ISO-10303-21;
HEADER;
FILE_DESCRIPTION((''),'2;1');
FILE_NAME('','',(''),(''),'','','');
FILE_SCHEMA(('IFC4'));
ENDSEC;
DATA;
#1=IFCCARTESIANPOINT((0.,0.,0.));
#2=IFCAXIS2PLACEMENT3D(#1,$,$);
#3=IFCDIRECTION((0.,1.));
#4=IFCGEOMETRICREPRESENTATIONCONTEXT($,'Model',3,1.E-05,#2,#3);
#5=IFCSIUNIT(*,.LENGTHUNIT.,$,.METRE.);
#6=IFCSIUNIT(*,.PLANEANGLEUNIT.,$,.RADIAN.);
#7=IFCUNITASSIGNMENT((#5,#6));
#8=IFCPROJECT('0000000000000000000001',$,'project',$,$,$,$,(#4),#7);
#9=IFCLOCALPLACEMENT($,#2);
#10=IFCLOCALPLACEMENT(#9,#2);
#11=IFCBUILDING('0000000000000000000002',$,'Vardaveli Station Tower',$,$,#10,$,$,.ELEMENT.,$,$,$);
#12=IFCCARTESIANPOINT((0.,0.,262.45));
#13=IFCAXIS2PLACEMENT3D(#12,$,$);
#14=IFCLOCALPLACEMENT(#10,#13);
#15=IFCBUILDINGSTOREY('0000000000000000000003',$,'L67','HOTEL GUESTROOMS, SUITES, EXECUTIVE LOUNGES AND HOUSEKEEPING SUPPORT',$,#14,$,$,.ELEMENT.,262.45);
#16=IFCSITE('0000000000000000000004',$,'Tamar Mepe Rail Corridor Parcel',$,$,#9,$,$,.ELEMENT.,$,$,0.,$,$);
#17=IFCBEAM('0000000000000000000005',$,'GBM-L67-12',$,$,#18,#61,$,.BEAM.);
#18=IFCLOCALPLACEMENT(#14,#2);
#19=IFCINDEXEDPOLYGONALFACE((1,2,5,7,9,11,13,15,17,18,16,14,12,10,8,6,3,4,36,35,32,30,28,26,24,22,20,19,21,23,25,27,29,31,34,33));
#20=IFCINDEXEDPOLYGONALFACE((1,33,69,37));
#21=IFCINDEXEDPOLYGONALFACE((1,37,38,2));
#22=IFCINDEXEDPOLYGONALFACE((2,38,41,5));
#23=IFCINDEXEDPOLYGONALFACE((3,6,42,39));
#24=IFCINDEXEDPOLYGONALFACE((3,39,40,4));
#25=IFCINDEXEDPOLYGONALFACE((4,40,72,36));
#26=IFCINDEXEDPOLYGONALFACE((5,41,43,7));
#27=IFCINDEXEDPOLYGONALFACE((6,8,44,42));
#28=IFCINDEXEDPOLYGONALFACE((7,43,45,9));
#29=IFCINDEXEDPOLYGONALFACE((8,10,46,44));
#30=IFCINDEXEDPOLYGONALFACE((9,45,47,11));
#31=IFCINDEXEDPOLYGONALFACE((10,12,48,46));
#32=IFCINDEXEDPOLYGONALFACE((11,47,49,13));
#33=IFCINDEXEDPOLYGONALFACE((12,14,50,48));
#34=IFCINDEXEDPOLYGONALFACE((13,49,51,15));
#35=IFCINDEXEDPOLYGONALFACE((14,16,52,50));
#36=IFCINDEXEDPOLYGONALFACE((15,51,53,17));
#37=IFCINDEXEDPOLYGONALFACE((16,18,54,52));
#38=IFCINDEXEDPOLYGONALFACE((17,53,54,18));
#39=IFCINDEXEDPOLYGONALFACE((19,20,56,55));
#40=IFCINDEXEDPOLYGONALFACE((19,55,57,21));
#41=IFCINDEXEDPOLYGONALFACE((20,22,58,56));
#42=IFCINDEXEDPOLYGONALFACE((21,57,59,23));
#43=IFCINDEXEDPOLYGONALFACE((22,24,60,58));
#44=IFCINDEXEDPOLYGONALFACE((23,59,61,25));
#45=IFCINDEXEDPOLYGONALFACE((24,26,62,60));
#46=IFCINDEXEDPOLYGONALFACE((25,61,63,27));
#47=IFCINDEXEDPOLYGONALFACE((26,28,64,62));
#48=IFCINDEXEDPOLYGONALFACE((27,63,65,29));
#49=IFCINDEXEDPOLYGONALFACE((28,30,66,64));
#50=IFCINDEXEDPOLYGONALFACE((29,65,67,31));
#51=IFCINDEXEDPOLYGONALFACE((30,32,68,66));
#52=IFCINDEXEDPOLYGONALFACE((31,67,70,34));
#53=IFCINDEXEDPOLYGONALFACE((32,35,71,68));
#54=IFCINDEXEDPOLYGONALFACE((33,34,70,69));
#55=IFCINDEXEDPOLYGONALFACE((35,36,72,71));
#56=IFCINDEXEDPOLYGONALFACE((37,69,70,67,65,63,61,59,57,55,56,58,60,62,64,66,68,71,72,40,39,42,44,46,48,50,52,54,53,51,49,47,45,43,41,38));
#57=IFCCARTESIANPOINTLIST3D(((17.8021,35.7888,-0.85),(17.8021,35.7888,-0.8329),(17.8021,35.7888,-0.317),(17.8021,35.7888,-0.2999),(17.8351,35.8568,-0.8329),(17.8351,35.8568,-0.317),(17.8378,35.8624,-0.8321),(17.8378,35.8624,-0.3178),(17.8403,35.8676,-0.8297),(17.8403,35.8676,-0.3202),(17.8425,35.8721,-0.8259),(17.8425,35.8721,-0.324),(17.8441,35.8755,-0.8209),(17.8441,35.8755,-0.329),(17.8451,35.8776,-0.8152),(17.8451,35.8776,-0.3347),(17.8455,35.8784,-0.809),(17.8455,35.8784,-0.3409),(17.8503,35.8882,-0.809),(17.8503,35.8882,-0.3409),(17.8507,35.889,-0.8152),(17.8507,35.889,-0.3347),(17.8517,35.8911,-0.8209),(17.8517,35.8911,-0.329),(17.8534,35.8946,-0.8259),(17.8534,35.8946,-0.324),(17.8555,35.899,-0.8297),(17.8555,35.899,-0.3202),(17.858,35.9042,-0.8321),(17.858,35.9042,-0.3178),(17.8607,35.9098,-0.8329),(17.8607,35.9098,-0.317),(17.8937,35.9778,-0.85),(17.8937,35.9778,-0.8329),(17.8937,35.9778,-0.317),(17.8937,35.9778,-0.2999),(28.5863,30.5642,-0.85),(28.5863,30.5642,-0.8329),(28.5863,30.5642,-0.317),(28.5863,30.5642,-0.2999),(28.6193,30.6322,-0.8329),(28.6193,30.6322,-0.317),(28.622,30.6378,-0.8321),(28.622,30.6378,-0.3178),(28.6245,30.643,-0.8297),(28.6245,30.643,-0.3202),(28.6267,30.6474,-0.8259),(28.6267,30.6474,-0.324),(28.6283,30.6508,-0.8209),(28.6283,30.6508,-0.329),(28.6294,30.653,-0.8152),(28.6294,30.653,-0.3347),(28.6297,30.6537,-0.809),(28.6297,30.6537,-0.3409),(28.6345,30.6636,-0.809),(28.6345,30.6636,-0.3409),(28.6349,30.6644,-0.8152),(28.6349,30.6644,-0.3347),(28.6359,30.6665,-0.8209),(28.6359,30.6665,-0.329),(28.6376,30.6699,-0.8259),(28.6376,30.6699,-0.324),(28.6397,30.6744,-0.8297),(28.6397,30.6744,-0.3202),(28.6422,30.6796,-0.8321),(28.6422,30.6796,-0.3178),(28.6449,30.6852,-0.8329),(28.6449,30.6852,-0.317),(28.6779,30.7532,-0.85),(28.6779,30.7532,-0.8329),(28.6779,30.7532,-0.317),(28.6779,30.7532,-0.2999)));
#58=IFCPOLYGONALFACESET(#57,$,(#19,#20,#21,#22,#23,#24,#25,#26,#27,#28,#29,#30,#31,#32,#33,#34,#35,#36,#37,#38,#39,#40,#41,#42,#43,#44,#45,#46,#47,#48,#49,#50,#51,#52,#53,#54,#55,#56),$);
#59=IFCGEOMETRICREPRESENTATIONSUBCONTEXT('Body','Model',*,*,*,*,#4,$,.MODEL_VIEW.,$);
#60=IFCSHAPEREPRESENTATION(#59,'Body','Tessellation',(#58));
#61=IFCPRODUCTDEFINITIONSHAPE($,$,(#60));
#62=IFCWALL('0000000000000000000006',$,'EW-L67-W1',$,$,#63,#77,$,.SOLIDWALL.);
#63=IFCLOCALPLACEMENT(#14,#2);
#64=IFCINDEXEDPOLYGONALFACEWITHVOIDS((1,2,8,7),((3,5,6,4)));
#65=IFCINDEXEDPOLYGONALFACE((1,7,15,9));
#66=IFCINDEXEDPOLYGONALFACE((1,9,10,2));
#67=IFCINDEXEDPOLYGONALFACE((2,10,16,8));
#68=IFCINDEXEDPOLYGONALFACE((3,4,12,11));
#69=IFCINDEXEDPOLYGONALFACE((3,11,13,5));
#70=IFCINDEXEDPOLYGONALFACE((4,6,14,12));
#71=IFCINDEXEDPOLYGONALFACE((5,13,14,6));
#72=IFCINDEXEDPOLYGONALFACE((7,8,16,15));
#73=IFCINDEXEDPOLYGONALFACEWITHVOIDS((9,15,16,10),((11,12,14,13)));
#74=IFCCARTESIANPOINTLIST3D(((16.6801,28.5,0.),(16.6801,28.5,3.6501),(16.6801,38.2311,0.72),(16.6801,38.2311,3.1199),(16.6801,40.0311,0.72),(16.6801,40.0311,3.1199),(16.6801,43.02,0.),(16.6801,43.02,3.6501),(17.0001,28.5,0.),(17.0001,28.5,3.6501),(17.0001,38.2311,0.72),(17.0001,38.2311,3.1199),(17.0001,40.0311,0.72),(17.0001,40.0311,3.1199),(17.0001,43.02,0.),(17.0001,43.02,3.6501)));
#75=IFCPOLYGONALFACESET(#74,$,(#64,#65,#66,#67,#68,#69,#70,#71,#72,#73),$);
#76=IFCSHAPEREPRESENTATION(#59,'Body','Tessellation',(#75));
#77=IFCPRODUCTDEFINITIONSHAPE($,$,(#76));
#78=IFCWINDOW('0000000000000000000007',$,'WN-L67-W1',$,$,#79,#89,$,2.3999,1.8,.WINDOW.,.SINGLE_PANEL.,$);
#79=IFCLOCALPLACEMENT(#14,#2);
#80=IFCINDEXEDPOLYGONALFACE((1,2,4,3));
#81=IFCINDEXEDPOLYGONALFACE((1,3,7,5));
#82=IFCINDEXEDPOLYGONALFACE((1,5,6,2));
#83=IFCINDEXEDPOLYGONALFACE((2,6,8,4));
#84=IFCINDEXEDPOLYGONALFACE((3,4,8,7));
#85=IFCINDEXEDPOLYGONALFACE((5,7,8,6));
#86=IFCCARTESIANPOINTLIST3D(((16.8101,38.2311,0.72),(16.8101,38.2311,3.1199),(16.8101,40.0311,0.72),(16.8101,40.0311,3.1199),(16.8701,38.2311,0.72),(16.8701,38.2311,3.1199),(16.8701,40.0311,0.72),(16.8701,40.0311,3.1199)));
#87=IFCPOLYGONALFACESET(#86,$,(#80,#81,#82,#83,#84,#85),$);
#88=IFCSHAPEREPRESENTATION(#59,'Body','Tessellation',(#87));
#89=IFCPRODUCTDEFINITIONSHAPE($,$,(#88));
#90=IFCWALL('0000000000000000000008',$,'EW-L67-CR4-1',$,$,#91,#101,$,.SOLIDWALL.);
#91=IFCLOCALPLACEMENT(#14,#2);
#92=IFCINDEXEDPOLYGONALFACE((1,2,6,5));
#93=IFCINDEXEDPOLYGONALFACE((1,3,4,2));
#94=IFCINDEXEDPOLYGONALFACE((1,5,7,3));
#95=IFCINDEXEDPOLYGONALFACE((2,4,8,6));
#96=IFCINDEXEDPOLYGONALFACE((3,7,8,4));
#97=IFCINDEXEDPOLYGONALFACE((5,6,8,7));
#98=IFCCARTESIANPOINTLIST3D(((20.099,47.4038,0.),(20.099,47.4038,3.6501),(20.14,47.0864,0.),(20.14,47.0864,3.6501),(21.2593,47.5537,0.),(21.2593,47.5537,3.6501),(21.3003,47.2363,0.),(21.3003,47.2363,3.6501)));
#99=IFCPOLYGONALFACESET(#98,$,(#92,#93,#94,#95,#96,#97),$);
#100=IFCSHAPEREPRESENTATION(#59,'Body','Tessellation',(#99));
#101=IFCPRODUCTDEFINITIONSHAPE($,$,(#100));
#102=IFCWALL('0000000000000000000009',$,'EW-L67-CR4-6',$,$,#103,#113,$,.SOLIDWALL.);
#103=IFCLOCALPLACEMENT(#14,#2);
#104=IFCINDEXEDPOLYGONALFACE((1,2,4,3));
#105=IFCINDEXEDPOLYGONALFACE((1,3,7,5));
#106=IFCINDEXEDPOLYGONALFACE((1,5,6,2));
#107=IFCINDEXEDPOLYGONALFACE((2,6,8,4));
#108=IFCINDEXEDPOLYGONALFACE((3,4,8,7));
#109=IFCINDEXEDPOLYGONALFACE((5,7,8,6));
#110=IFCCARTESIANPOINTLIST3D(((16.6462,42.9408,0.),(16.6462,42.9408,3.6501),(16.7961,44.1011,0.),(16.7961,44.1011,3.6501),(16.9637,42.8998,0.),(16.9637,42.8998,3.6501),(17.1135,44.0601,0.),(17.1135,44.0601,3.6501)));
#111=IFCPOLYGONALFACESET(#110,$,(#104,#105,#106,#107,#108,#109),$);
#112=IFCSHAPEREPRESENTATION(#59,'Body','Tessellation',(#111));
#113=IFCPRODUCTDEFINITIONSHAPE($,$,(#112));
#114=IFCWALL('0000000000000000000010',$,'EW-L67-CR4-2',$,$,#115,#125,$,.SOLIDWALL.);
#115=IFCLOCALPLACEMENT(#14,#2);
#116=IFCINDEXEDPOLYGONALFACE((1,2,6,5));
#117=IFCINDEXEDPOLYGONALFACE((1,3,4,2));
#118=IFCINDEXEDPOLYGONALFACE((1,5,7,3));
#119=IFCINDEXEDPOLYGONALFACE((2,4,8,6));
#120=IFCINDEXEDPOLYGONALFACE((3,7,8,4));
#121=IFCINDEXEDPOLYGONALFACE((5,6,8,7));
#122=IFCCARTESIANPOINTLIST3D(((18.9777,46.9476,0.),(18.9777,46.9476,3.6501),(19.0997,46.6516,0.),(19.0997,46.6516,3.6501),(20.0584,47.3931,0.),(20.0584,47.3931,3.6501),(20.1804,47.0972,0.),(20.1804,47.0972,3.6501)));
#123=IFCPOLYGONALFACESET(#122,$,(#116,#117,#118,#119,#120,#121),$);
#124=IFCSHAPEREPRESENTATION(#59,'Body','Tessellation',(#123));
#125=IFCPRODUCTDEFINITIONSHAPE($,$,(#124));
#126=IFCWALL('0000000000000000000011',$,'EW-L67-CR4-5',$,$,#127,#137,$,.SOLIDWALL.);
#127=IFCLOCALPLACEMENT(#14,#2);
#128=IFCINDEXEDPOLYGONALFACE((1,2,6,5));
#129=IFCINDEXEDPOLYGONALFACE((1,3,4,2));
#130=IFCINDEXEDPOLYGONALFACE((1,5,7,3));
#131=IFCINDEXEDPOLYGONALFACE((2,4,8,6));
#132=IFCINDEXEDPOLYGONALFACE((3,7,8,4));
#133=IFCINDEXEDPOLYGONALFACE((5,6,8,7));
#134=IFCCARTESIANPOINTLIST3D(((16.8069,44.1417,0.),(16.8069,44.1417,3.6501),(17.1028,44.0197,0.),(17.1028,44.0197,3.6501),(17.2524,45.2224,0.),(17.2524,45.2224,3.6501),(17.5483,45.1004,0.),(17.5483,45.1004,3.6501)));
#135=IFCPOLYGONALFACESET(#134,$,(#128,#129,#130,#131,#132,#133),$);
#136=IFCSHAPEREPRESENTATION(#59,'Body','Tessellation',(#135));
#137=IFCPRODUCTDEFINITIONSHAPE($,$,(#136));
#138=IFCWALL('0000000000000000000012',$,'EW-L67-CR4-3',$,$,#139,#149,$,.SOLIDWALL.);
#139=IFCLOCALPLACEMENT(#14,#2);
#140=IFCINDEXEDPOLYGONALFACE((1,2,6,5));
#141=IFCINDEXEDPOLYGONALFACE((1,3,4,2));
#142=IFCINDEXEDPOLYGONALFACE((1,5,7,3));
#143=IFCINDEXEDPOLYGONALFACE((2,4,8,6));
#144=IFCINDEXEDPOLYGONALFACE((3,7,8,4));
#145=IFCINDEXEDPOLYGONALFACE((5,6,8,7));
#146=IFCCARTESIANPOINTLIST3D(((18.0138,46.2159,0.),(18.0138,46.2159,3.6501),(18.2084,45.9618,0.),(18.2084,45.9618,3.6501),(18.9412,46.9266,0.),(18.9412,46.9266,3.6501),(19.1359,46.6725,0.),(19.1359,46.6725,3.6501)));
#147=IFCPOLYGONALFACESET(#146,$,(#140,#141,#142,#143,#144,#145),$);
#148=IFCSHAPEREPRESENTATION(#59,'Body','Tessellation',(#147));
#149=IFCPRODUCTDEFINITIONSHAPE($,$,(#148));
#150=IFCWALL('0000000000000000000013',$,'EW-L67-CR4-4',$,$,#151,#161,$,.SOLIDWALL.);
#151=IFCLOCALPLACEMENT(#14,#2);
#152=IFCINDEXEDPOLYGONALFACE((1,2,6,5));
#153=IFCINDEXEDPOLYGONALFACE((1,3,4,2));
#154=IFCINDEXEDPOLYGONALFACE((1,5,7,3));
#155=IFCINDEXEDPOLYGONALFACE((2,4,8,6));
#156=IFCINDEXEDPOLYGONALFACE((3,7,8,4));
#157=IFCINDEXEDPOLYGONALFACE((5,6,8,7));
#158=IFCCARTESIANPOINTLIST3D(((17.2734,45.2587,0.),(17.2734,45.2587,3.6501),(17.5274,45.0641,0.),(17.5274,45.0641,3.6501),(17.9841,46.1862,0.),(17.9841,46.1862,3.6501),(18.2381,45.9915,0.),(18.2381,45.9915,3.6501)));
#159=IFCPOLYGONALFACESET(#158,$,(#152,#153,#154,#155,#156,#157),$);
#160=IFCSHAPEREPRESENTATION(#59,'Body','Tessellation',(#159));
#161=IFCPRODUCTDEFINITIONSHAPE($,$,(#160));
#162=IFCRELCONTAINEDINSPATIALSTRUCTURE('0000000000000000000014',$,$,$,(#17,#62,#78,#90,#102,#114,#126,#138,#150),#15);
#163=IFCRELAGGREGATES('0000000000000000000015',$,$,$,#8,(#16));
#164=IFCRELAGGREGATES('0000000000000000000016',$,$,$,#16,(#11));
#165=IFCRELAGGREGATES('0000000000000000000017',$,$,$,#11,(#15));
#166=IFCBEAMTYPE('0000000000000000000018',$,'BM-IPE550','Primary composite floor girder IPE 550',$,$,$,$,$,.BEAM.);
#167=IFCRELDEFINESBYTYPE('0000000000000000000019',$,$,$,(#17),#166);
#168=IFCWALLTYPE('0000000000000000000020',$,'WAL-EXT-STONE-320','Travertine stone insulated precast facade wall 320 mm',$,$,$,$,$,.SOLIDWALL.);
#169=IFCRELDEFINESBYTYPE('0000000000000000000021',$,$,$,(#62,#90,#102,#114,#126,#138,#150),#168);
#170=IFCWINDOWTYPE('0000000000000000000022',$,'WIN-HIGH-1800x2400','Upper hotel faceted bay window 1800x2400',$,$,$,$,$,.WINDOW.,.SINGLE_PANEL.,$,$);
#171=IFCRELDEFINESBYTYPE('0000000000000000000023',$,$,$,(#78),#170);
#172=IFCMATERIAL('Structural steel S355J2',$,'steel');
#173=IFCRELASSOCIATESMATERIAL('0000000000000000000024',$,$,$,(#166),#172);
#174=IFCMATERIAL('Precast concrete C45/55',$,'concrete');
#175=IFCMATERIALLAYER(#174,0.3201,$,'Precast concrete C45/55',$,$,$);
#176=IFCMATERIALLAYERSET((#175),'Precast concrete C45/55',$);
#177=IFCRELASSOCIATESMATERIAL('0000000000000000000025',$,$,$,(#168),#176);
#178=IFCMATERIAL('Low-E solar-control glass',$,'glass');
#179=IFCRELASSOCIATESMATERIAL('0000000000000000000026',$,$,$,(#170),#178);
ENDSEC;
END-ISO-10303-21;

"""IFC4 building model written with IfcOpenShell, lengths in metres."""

from ifc_helpers import new_model, si_unit, direction, frame, frame_2d, origin, origin_2d, place, context, subcontext, project, spatial, rectangle, i_section, extrude, source, transform, mapped, material, layer, layer_set, material_profile, profile_set, type_object, element, fill, save


model = new_model("IFC4")

# Units and contexts
model_context = context("Model", 3, precision=1e-05, world=origin(), true_north=direction((0.0, 1.0)))
body_context = subcontext(model_context, "Body", "Model", "MODEL_VIEW")
ifc_project = project(units=[si_unit("LENGTHUNIT", "METRE"), si_unit("PLANEANGLEUNIT", "RADIAN")], contexts=[model_context])

# Site, building, storey
site_placement = place(None, origin())
site = spatial("IfcSite", under=ifc_project, at=site_placement, Name="Tamar Mepe Rail Corridor Parcel", CompositionType="ELEMENT", RefElevation=0.0)
building_placement = place(site_placement, origin())
building = spatial("IfcBuilding", under=site, at=building_placement, Name="Vardaveli Station Tower", CompositionType="ELEMENT")
storey_placement = place(building_placement, frame((0.0, 0.0, 262.45)))
storey = spatial("IfcBuildingStorey", under=building, at=storey_placement, Name="L67", Description="HOTEL GUESTROOMS, SUITES, EXECUTIVE LOUNGES AND HOUSEKEEPING SUPPORT", CompositionType="ELEMENT", Elevation=262.45)

# Beam
ifc_material_1 = material(Name="Precast concrete C45/55", Category="concrete")
ifc_material_2 = material(Name="Structural steel S355J2", Category="steel")
ifc_material_profile_1 = material_profile(ifc_material_2, i_section(OverallWidth=0.21, OverallDepth=0.55, WebThickness=0.011, FlangeThickness=0.0171, FilletRadius=0.0239, at=origin_2d()), Name="IPE 550")
ifc_profile_set_1 = profile_set([ifc_material_profile_1], Name="Structural steel S355J2")
beam_type_1 = type_object("IfcBeamType", Name="BM-IPE550", Description="Primary composite floor girder IPE 550", PredefinedType="BEAM", material=ifc_profile_set_1)
shared_shape_1 = source(origin(), body_context, "Body", "SweptSolid", [
    extrude(i_section(OverallWidth=0.21, OverallDepth=0.55, WebThickness=0.011, FlangeThickness=0.0171, FilletRadius=0.0239, at=origin_2d()), origin(), (0.0, 0.0, 1.0), 11.9832),
])
beam_1_placement = place(storey_placement, frame((17.8479, 35.8833, -0.575), z_axis=(0.899948, -0.435998, 0.0), x_axis=(0.435998, 0.899948, 0.0)))
element("IfcBeam", 1, at=beam_1_placement, inside=storey, type_object=beam_type_1, Name="GBM-L67-12", PredefinedType="BEAM", context=body_context, shape_type="MappedRepresentation", body=[
    mapped(shared_shape_1, transform((0.0, 0.0, 0.0), scale=1.0)),
])

# Wall, opening, window
ifc_layer_1 = layer(ifc_material_1, 0.3201, Name="Precast concrete C45/55")
ifc_layer_set_1 = layer_set([ifc_layer_1], Name="Precast concrete C45/55")
wall_type_1 = type_object("IfcWallType", Name="WAL-EXT-STONE-320", Description="Travertine stone insulated precast facade wall 320 mm", PredefinedType="SOLIDWALL", material=ifc_layer_set_1)
shared_shape_2 = source(origin(), body_context, "Body", "SweptSolid", [
    extrude(rectangle(XDim=14.52, YDim=0.3201, at=frame_2d((7.26, 0.0))), origin(), (0.0, 0.0, 1.0), 3.6501),
])
wall_1_placement = place(storey_placement, frame((16.8401, 43.02, 0.0), z_axis=(0.0, 0.0, 1.0), x_axis=(0.0, -1.0, 0.0)))
wall_1 = element("IfcWall", 2, at=wall_1_placement, inside=storey, type_object=wall_type_1, Name="EW-L67-W1", PredefinedType="SOLIDWALL", context=body_context, shape_type="MappedRepresentation", body=[
    mapped(shared_shape_2, transform((0.0, 0.0, 0.0), scale=1.0)),
])
shared_shape_3 = source(origin(), body_context, "Body", "SweptSolid", [
    extrude(rectangle(XDim=1.8, YDim=2.3999, at=frame_2d((0.8999, 1.2))), frame((0.0, 0.1699, 0.0), z_axis=(0.0, -1.0, 0.0), x_axis=(1.0, 0.0, 0.0)), (0.0, 0.0, 1.0), 0.3401),
])
opening_1_placement = place(wall_1_placement, frame((2.989, 0.0, 0.72)))
opening_1 = element("IfcOpeningElement", 3, at=opening_1_placement, cuts=wall_1, PredefinedType="OPENING", context=body_context, shape_type="MappedRepresentation", body=[
    mapped(shared_shape_3, transform((0.0, 0.0, 0.0), scale=1.0)),
])
ifc_material_3 = material(Name="Low-E solar-control glass", Category="glass")
window_type = type_object("IfcWindowType", Name="WIN-HIGH-1800x2400", Description="Upper hotel faceted bay window 1800x2400", PartitioningType="SINGLE_PANEL", PredefinedType="WINDOW", material=ifc_material_3)
shared_shape_4 = source(origin(), body_context, "Body", "SweptSolid", [
    extrude(rectangle(XDim=1.8, YDim=2.3999, at=frame_2d((0.8999, 1.2))), frame((0.0, 0.03, 0.0), z_axis=(0.0, -1.0, 0.0), x_axis=(1.0, 0.0, 0.0)), (0.0, 0.0, 1.0), 0.0601),
])
window_placement = place(opening_1_placement, origin())
window = element("IfcWindow", 4, at=window_placement, inside=storey, type_object=window_type, Name="WN-L67-W1", OverallHeight=2.3999, OverallWidth=1.8, PartitioningType="SINGLE_PANEL", PredefinedType="WINDOW", context=body_context, shape_type="MappedRepresentation", body=[
    mapped(shared_shape_4, transform((0.0, 0.0, 0.0), scale=1.0)),
])
fill(opening_1, window)

# Walls
shared_shape_5 = source(origin(), body_context, "Body", "SweptSolid", [
    extrude(rectangle(XDim=1.1699, YDim=0.3201, at=frame_2d((0.585, 0.0))), origin(), (0.0, 0.0, 1.0), 3.6501),
])
for number, where, z_axis, x_axis, name in (
    (5, (21.2798, 47.395, 0.0), (0.0, 0.0, 1.0), (-0.991759, -0.128117, 0.0), "EW-L67-CR4-1"),
    (6, (16.9548, 44.0806, 0.0), (0.0, 0.0, 1.0), (-0.128117, -0.991759, 0.0), "EW-L67-CR4-6"),
):
    element("IfcWall", number, at=place(storey_placement, frame(where, z_axis=z_axis, x_axis=x_axis)), inside=storey, type_object=wall_type_1, Name=name, PredefinedType="SOLIDWALL", context=body_context, shape_type="MappedRepresentation", body=[
        mapped(shared_shape_5, transform((0.0, 0.0, 0.0), scale=1.0)),
    ])
shared_shape_6 = source(origin(), body_context, "Body", "SweptSolid", [
    extrude(rectangle(XDim=1.1689, YDim=0.3201, at=frame_2d((0.5845, 0.0))), origin(), (0.0, 0.0, 1.0), 3.6501),
])
for number, where, z_axis, x_axis, name in (
    (7, (20.1194, 47.2451, 0.0), (0.0, 0.0, 1.0), (-0.924522, -0.381128, 0.0), "EW-L67-CR4-2"),
    (8, (17.4004, 45.1614, 0.0), (0.0, 0.0, 1.0), (-0.381128, -0.924522, 0.0), "EW-L67-CR4-5"),
):
    element("IfcWall", number, at=place(storey_placement, frame(where, z_axis=z_axis, x_axis=x_axis)), inside=storey, type_object=wall_type_1, Name=name, PredefinedType="SOLIDWALL", context=body_context, shape_type="MappedRepresentation", body=[
        mapped(shared_shape_6, transform((0.0, 0.0, 0.0), scale=1.0)),
    ])
shared_shape_7 = source(origin(), body_context, "Body", "SweptSolid", [
    extrude(rectangle(XDim=1.1685, YDim=0.3201, at=frame_2d((0.5842, 0.0))), origin(), (0.0, 0.0, 1.0), 3.6501),
])
for number, where, z_axis, x_axis, name in (
    (9, (19.0386, 46.7996, 0.0), (0.0, 0.0, 1.0), (-0.793764, -0.608225, 0.0), "EW-L67-CR4-3"),
    (10, (18.1111, 46.0889, 0.0), (0.0, 0.0, 1.0), (-0.608225, -0.793764, 0.0), "EW-L67-CR4-4"),
):
    element("IfcWall", number, at=place(storey_placement, frame(where, z_axis=z_axis, x_axis=x_axis)), inside=storey, type_object=wall_type_1, Name=name, PredefinedType="SOLIDWALL", context=body_context, shape_type="MappedRepresentation", body=[
        mapped(shared_shape_7, transform((0.0, 0.0, 0.0), scale=1.0)),
    ])

save(model, "model.ifc")
